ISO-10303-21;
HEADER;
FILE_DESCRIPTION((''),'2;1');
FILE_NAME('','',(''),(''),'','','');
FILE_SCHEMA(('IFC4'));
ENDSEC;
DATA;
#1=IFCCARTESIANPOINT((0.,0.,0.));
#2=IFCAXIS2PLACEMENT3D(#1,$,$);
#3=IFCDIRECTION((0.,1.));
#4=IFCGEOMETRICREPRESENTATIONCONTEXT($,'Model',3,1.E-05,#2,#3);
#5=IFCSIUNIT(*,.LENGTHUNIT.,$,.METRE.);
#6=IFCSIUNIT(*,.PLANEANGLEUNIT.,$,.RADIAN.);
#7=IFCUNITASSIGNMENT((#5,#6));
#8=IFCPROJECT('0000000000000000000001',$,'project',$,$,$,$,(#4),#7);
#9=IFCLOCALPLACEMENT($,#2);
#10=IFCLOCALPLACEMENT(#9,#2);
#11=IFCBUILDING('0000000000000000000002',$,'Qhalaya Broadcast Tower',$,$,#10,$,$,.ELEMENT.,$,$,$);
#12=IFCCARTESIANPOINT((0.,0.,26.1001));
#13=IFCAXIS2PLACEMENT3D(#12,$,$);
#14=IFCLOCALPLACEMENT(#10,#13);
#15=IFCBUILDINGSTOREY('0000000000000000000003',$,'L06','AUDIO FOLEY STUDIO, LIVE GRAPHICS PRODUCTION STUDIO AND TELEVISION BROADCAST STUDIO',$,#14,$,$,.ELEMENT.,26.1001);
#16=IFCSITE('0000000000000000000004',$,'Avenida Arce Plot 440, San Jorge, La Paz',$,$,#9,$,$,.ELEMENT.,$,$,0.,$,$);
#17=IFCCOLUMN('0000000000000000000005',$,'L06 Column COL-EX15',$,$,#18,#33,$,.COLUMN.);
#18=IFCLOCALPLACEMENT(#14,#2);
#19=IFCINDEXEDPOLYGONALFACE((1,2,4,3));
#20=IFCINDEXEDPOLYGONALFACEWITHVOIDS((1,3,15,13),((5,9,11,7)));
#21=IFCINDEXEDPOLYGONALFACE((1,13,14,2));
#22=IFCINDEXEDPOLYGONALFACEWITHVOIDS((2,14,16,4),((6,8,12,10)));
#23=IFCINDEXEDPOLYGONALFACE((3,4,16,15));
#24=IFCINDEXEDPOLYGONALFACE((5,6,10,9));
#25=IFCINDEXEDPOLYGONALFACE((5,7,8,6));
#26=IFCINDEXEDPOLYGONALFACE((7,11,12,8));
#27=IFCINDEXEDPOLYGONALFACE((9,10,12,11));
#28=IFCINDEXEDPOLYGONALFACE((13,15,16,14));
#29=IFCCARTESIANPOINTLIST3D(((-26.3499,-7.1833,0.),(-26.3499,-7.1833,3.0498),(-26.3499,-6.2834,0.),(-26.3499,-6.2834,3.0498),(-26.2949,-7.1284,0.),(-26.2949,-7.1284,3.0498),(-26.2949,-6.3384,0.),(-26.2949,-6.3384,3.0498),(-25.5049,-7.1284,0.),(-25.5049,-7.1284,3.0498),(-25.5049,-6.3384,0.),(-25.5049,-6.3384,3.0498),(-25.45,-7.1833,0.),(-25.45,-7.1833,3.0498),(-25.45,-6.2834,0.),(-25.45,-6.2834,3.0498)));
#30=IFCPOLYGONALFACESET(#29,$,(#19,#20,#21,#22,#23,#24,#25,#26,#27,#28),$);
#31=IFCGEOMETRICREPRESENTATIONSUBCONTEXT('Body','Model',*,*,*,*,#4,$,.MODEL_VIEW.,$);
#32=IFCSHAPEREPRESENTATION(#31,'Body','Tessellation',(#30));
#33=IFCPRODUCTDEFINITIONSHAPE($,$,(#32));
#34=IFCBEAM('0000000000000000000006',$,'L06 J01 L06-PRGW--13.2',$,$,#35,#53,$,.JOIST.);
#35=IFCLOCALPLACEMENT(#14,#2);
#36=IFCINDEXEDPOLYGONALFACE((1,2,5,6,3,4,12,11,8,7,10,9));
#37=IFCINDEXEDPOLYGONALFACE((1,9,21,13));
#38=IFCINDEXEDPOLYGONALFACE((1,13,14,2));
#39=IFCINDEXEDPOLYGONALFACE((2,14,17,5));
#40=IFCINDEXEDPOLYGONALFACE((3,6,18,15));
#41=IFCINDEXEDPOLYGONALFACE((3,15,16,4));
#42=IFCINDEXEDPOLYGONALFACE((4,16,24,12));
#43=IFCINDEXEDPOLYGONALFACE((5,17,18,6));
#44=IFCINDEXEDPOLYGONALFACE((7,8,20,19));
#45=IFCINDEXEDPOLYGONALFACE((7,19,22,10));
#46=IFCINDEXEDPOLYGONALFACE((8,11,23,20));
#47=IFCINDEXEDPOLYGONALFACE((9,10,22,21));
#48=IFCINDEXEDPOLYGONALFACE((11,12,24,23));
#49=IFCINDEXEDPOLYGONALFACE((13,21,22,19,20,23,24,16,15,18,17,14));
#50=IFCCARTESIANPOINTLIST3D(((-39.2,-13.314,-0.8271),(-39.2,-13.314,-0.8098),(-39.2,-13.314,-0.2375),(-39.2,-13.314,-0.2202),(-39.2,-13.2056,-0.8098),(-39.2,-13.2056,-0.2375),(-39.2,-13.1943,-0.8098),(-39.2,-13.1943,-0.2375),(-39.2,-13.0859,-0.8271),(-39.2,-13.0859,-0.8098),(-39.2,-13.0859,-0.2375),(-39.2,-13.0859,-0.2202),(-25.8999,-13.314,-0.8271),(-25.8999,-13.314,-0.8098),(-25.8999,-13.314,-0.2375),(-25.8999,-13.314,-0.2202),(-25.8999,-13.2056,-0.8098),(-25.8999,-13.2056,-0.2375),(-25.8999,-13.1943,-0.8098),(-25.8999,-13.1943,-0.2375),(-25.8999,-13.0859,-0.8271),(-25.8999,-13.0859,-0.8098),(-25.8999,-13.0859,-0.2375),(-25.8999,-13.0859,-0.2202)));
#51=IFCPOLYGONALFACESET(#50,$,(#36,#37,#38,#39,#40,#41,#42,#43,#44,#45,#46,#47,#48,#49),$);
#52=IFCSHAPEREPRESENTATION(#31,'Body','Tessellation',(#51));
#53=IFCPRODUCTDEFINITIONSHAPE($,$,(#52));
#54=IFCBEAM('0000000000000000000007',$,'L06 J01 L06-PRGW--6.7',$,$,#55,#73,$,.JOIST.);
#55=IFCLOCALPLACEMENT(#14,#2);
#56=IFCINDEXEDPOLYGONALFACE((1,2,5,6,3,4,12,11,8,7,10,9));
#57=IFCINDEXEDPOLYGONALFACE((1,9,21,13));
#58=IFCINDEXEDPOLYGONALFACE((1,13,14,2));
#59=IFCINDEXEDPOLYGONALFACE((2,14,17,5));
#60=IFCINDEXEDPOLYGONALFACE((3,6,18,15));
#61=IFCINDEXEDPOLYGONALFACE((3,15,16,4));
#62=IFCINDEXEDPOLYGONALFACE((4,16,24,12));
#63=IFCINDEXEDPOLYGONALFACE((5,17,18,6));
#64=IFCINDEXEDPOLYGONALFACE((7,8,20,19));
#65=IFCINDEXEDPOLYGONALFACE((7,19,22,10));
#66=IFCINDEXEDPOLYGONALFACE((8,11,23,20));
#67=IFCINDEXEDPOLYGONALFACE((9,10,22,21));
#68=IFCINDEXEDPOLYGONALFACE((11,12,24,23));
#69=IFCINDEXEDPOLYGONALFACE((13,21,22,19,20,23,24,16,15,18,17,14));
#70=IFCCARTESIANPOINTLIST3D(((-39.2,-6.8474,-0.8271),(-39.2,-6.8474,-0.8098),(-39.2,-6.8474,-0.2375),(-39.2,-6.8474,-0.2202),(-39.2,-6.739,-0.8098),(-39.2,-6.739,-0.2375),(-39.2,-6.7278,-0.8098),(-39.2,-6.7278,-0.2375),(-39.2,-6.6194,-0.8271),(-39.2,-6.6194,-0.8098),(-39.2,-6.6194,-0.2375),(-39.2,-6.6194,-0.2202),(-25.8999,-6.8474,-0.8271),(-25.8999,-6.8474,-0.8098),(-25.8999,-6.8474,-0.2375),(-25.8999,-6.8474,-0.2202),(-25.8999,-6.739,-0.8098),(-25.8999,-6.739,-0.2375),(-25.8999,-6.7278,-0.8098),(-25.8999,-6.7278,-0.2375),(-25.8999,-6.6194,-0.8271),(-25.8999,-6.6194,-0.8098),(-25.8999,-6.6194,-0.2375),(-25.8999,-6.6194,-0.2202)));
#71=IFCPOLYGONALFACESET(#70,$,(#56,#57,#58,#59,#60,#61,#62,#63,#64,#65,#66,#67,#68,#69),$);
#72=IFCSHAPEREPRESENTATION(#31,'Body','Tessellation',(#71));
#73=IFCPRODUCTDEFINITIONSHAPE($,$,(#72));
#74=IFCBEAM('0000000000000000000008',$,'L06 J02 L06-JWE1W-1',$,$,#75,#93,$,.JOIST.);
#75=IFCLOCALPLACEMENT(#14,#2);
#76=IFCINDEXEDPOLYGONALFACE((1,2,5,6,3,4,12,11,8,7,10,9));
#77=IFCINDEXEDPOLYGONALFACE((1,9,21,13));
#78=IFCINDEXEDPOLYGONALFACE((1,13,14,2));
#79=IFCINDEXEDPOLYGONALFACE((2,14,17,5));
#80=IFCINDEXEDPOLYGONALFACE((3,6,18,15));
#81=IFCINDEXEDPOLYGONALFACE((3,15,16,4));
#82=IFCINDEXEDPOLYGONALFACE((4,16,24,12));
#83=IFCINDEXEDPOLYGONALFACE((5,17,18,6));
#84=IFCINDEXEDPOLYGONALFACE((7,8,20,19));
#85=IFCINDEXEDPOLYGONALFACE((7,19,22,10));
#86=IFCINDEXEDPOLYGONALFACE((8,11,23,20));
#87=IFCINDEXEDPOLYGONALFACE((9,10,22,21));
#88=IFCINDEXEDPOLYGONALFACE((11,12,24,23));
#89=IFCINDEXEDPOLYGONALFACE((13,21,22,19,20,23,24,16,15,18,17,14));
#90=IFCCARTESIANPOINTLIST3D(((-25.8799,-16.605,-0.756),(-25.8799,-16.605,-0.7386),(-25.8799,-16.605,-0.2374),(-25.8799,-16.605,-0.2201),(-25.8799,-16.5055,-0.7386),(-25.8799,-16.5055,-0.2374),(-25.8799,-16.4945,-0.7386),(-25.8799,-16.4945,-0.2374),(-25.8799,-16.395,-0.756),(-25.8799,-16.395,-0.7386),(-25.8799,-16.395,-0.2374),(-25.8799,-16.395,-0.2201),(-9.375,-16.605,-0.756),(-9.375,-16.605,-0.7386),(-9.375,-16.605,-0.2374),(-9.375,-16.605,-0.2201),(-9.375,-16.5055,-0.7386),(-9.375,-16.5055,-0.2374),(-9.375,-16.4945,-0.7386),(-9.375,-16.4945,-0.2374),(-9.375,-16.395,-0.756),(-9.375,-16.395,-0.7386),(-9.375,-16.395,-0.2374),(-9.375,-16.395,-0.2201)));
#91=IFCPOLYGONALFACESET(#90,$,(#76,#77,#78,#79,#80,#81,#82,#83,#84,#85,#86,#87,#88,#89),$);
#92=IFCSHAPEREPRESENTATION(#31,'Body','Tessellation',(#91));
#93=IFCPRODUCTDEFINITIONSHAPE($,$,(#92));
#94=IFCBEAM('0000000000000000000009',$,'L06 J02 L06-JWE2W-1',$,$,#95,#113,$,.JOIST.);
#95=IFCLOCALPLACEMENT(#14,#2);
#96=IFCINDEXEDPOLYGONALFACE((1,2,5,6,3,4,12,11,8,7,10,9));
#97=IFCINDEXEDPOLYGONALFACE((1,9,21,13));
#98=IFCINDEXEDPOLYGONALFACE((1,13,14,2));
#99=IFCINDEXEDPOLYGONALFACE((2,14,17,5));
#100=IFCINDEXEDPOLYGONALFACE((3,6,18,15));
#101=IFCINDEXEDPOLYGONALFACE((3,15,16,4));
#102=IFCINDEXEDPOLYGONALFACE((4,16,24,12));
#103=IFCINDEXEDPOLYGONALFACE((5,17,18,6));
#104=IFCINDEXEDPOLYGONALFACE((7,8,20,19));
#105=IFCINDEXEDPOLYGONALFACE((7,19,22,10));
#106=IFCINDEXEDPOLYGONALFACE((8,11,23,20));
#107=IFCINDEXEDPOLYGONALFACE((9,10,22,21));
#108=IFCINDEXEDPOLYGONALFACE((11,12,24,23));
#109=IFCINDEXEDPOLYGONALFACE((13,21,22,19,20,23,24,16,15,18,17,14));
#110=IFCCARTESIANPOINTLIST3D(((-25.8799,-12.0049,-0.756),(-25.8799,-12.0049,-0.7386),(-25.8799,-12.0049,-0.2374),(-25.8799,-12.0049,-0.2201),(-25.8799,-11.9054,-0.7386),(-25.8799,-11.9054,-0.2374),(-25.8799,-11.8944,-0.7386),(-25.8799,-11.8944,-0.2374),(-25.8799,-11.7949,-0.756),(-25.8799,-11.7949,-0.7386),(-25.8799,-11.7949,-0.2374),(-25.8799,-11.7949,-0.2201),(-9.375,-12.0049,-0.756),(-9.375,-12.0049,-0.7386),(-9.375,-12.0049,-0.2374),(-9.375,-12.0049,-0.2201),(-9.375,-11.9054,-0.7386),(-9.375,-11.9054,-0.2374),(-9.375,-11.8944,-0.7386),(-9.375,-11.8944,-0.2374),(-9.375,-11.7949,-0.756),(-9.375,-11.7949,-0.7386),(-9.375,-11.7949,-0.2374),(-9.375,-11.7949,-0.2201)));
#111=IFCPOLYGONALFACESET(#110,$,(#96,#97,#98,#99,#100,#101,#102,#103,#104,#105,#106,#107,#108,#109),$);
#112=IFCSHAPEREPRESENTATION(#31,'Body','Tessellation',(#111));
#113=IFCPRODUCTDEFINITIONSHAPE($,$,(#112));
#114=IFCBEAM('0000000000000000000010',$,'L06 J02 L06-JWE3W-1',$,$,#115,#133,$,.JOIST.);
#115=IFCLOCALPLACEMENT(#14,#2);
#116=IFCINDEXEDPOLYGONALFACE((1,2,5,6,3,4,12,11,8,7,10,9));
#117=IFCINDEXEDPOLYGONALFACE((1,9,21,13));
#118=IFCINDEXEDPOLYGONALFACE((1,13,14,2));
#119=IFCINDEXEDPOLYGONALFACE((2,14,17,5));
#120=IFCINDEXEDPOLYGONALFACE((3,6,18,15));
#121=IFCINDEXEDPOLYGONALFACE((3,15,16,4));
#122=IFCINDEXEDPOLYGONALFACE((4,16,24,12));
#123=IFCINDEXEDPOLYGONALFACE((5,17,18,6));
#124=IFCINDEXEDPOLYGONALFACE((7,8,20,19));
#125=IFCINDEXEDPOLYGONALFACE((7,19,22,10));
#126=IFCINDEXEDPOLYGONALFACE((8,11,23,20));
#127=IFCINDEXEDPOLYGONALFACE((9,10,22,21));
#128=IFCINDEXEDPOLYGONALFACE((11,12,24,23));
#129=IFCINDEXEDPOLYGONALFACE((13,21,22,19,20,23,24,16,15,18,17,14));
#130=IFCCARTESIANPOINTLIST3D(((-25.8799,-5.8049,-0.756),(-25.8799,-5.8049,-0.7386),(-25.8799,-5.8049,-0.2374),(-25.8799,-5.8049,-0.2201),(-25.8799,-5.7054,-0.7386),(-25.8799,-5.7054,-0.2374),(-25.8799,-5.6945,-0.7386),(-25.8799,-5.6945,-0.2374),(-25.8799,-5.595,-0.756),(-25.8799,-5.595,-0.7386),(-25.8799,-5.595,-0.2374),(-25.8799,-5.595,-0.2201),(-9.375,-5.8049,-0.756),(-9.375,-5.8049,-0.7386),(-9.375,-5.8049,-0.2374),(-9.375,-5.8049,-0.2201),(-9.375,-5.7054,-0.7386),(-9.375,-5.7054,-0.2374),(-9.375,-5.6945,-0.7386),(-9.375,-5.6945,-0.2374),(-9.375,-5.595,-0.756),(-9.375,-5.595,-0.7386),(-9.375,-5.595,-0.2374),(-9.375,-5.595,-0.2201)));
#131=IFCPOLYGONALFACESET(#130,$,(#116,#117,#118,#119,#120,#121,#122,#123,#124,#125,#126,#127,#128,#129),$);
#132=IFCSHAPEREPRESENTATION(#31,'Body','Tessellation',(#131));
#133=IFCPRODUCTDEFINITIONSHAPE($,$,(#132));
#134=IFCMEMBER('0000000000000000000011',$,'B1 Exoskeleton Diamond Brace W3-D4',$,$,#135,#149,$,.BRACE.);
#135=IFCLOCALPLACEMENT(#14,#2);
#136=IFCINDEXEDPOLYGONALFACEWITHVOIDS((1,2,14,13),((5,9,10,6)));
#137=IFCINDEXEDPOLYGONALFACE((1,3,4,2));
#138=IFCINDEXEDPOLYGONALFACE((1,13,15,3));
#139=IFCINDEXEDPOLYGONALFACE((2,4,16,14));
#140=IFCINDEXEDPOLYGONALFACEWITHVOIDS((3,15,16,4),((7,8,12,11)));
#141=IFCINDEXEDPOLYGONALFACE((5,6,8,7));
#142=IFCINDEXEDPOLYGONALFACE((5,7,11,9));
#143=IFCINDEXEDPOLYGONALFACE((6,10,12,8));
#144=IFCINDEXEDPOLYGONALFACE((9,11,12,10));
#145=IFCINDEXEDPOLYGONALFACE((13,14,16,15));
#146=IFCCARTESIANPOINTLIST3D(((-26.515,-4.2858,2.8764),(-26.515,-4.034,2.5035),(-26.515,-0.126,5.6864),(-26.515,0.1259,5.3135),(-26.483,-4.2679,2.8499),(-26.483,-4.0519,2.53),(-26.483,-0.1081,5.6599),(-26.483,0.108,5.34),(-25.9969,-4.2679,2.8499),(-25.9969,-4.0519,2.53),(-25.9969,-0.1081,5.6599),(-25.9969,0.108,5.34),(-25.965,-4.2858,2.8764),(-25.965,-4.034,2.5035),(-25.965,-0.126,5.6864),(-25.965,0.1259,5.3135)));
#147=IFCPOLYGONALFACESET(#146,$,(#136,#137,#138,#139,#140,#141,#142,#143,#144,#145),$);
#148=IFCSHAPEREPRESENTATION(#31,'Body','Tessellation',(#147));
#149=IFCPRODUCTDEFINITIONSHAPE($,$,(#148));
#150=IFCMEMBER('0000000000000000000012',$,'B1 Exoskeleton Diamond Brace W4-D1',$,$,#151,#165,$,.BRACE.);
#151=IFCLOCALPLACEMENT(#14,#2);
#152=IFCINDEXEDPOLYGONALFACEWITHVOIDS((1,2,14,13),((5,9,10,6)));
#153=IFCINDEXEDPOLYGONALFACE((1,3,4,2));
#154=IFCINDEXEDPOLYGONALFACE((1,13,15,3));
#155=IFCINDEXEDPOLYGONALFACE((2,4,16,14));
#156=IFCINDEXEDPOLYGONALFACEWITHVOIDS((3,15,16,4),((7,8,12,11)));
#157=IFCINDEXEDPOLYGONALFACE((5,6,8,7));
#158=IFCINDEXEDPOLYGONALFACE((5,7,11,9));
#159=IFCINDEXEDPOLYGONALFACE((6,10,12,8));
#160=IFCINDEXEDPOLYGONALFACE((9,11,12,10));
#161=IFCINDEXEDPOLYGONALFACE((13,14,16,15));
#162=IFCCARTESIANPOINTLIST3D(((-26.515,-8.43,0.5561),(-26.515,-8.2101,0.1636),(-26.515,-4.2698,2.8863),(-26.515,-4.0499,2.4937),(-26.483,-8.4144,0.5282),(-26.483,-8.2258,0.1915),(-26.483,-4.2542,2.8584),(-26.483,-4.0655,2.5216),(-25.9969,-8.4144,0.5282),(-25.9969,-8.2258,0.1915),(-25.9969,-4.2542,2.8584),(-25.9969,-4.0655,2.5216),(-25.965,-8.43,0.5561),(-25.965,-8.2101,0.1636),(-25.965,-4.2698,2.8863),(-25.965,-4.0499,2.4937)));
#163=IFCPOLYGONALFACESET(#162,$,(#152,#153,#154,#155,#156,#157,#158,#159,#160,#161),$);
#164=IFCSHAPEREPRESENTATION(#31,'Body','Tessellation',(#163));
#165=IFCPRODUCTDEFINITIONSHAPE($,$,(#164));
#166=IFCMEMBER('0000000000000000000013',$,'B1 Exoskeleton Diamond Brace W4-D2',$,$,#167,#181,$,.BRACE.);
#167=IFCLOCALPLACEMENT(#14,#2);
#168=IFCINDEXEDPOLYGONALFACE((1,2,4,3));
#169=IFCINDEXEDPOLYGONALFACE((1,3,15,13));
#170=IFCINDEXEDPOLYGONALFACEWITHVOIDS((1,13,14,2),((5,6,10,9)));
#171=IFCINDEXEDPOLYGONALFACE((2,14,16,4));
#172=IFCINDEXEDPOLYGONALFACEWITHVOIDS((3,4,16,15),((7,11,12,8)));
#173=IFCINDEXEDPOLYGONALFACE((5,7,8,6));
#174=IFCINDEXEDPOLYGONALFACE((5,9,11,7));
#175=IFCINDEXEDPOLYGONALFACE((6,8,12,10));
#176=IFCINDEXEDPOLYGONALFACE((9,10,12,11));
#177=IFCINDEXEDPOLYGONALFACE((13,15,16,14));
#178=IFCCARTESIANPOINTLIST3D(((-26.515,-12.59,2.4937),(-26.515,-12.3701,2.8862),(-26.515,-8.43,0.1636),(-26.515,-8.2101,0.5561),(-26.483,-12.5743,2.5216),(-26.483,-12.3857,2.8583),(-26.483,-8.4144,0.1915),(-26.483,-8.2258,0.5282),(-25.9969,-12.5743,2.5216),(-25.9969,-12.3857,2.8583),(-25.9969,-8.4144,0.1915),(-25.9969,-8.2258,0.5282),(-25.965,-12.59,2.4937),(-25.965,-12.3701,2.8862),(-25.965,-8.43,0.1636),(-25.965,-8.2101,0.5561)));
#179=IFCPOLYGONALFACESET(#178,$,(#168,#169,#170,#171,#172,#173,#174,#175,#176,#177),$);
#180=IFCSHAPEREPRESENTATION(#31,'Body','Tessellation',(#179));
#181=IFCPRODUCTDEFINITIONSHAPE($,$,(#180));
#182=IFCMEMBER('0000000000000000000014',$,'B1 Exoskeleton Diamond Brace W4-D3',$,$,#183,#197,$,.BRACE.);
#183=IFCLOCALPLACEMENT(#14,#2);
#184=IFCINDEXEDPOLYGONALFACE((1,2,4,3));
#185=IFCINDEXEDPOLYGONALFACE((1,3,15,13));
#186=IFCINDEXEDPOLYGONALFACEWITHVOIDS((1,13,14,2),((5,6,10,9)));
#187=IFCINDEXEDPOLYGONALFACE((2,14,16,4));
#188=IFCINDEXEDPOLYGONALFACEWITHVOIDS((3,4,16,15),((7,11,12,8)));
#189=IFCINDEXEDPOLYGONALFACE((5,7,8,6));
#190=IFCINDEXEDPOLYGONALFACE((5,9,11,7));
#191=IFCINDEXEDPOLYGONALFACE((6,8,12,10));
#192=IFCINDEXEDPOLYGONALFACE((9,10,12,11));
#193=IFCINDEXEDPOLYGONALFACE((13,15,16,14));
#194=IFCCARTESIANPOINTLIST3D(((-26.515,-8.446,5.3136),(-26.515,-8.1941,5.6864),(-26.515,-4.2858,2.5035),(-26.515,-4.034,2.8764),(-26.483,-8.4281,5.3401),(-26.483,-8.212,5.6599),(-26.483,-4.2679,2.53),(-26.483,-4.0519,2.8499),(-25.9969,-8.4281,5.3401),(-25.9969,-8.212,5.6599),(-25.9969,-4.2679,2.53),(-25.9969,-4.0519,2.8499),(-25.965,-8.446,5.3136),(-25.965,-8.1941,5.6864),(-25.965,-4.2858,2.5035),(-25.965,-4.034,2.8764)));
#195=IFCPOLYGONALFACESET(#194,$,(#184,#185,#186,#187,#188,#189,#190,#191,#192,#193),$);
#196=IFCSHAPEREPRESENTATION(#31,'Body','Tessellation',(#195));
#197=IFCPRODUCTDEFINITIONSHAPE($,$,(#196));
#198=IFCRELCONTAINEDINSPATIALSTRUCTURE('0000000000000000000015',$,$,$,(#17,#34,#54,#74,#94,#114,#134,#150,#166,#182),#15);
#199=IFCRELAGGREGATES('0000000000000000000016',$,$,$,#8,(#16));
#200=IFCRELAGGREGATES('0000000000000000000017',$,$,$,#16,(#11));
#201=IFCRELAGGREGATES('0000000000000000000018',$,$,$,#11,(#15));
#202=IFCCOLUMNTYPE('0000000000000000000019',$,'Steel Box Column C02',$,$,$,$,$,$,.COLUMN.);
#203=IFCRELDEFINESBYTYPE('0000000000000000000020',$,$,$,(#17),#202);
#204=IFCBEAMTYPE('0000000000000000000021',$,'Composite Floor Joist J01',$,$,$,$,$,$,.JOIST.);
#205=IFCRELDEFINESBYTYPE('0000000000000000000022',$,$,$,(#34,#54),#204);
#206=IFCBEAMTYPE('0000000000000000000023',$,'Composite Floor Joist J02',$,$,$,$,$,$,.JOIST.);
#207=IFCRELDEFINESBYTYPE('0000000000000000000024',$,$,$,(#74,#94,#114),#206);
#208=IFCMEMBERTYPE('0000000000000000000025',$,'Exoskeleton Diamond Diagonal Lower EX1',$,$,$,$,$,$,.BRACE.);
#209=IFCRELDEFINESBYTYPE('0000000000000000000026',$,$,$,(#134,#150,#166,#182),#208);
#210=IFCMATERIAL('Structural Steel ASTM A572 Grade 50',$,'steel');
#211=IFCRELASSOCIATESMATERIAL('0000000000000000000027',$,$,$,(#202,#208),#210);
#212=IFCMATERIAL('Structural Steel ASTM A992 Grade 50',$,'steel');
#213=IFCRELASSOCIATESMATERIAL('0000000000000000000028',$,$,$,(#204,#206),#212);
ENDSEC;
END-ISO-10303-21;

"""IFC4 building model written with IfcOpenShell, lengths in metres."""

from ifc_helpers import new_model, si_unit, direction, frame, origin, origin_2d, place, context, subcontext, project, spatial, hollow_rectangle, i_section, extrude, material, material_profile, profile_set, type_object, element, save


model = new_model("IFC4")

# Units and contexts
model_context = context("Model", 3, precision=1e-05, world=origin(), true_north=direction((0.0, 1.0)))
body_context = subcontext(model_context, "Body", "Model", "MODEL_VIEW")
ifc_project = project(units=[si_unit("LENGTHUNIT", "METRE"), si_unit("PLANEANGLEUNIT", "RADIAN")], contexts=[model_context])

# Site, building, storey
site_placement = place(None, origin())
site = spatial("IfcSite", under=ifc_project, at=site_placement, Name="Avenida Arce Plot 440, San Jorge, La Paz", CompositionType="ELEMENT", RefElevation=0.0)
building_placement = place(site_placement, origin())
building = spatial("IfcBuilding", under=site, at=building_placement, Name="Qhalaya Broadcast Tower", CompositionType="ELEMENT")
storey_placement = place(building_placement, frame((0.0, 0.0, 26.1001)))
storey = spatial("IfcBuildingStorey", under=building, at=storey_placement, Name="L06", Description="AUDIO FOLEY STUDIO, LIVE GRAPHICS PRODUCTION STUDIO AND TELEVISION BROADCAST STUDIO", CompositionType="ELEMENT", Elevation=26.1001)

# Column
ifc_material_1 = material(Name="Structural Steel ASTM A572 Grade 50", Category="steel")
ifc_material_profile_1 = material_profile(ifc_material_1, hollow_rectangle(XDim=0.8999, YDim=0.8999, WallThickness=0.0549, at=origin_2d()), Name="BOX 900x900x55")
ifc_profile_set_1 = profile_set([ifc_material_profile_1], Name="Structural Steel ASTM A572 Grade 50")
column_type = type_object("IfcColumnType", Name="Steel Box Column C02", PredefinedType="COLUMN", material=ifc_profile_set_1)
column_placement = place(storey_placement, frame((-25.8999, -6.7334, 0.0), z_axis=(0.0, 0.0, 1.0), x_axis=(0.0, 1.0, 0.0)))
element("IfcColumn", 1, at=column_placement, inside=storey, type_object=column_type, Name="L06 Column COL-EX15", PredefinedType="COLUMN", context=body_context, shape_type="SweptSolid", body=[
    extrude(hollow_rectangle(XDim=0.8999, YDim=0.8999, WallThickness=0.0549, at=origin_2d()), origin(), (0.0, 0.0, 1.0), 3.0498),
])

# Beams
ifc_material_2 = material(Name="Structural Steel ASTM A992 Grade 50", Category="steel")
ifc_material_profile_2 = material_profile(ifc_material_2, i_section(OverallWidth=0.228, OverallDepth=0.6069, WebThickness=0.0112, FlangeThickness=0.0173, at=origin_2d()), Name="W24X76")
ifc_profile_set_2 = profile_set([ifc_material_profile_2], Name="Structural Steel ASTM A992 Grade 50")
beam_type_1 = type_object("IfcBeamType", Name="Composite Floor Joist J01", PredefinedType="JOIST", material=ifc_profile_set_2)
for number, where, z_axis, x_axis, name in (
    (2, (-39.2, -13.2, -0.5237), (1.0, 0.0, 0.0), (0.0, 1.0, 0.0), "L06 J01 L06-PRGW--13.2"),
    (3, (-39.2, -6.7334, -0.5237), (1.0, 0.0, 0.0), (0.0, 1.0, 0.0), "L06 J01 L06-PRGW--6.7"),
):
    element("IfcBeam", number, at=place(storey_placement, frame(where, z_axis=z_axis, x_axis=x_axis)), inside=storey, type_object=beam_type_1, Name=name, PredefinedType="JOIST", context=body_context, shape_type="SweptSolid", body=[
        extrude(i_section(OverallWidth=0.228, OverallDepth=0.6069, WebThickness=0.0112, FlangeThickness=0.0173, at=origin_2d()), origin(), (0.0, 0.0, 1.0), 13.3),
    ])
ifc_material_profile_3 = material_profile(ifc_material_2, i_section(OverallWidth=0.21, OverallDepth=0.5359, WebThickness=0.011, FlangeThickness=0.0173, at=origin_2d()), Name="W21X68")
ifc_profile_set_3 = profile_set([ifc_material_profile_3], Name="Structural Steel ASTM A992 Grade 50")
beam_type_2 = type_object("IfcBeamType", Name="Composite Floor Joist J02", PredefinedType="JOIST", material=ifc_profile_set_3)
for number, where, z_axis, x_axis, name in (
    (4, (-25.8799, -16.5, -0.488), (1.0, 0.0, 0.0), (0.0, 1.0, 0.0), "L06 J02 L06-JWE1W-1"),
    (5, (-25.8799, -11.8999, -0.488), (1.0, 0.0, 0.0), (0.0, 1.0, 0.0), "L06 J02 L06-JWE2W-1"),
    (6, (-25.8799, -5.7, -0.488), (1.0, 0.0, 0.0), (0.0, 1.0, 0.0), "L06 J02 L06-JWE3W-1"),
):
    element("IfcBeam", number, at=place(storey_placement, frame(where, z_axis=z_axis, x_axis=x_axis)), inside=storey, type_object=beam_type_2, Name=name, PredefinedType="JOIST", context=body_context, shape_type="SweptSolid", body=[
        extrude(i_section(OverallWidth=0.21, OverallDepth=0.5359, WebThickness=0.011, FlangeThickness=0.0173, at=origin_2d()), origin(), (0.0, 0.0, 1.0), 16.5049),
    ])

# Members
ifc_material_profile_4 = material_profile(ifc_material_1, hollow_rectangle(XDim=0.45, YDim=0.55, WallThickness=0.032, at=origin_2d()), Name="BOX 450x550x32")
ifc_profile_set_4 = profile_set([ifc_material_profile_4], Name="Structural Steel ASTM A572 Grade 50")
member_type = type_object("IfcMemberType", Name="Exoskeleton Diamond Diagonal Lower EX1", PredefinedType="BRACE", material=ifc_profile_set_4)
member_1_placement = place(storey_placement, frame((-26.24, -4.1599, 2.6899), z_axis=(0.0, 0.828653, 0.559763), x_axis=(0.0, -0.559763, 0.828653)))
element("IfcMember", 7, at=member_1_placement, inside=storey, type_object=member_type, Name="B1 Exoskeleton Diamond Brace W3-D4", PredefinedType="BRACE", context=body_context, shape_type="SweptSolid", body=[
    extrude(hollow_rectangle(XDim=0.45, YDim=0.55, WallThickness=0.032, at=origin_2d()), origin(), (0.0, 0.0, 1.0), 5.02),
])
member_2_placement = place(storey_placement, frame((-26.24, -8.3201, 0.3599), z_axis=(0.0, 0.872471, 0.488666), x_axis=(0.0, -0.488666, 0.872471)))
element("IfcMember", 8, at=member_2_placement, inside=storey, type_object=member_type, Name="B1 Exoskeleton Diamond Brace W4-D1", PredefinedType="BRACE", context=body_context, shape_type="SweptSolid", body=[
    extrude(hollow_rectangle(XDim=0.45, YDim=0.55, WallThickness=0.032, at=origin_2d()), origin(), (0.0, 0.0, 1.0), 4.7683),
])
member_3_placement = place(storey_placement, frame((-26.24, -8.3201, 0.3599), z_axis=(0.0, -0.872459, 0.488688), x_axis=(0.0, 0.488688, 0.872459)))
element("IfcMember", 9, at=member_3_placement, inside=storey, type_object=member_type, Name="B1 Exoskeleton Diamond Brace W4-D2", PredefinedType="BRACE", context=body_context, shape_type="SweptSolid", body=[
    extrude(hollow_rectangle(XDim=0.45, YDim=0.55, WallThickness=0.032, at=origin_2d()), origin(), (0.0, 0.0, 1.0), 4.7681),
])
member_4_placement = place(storey_placement, frame((-26.24, -4.1599, 2.6899), z_axis=(0.0, -0.828668, 0.55974), x_axis=(0.0, 0.55974, 0.828668)))
element("IfcMember", 10, at=member_4_placement, inside=storey, type_object=member_type, Name="B1 Exoskeleton Diamond Brace W4-D3", PredefinedType="BRACE", context=body_context, shape_type="SweptSolid", body=[
    extrude(hollow_rectangle(XDim=0.45, YDim=0.55, WallThickness=0.032, at=origin_2d()), origin(), (0.0, 0.0, 1.0), 5.0203),
])

save(model, "model.ifc")
